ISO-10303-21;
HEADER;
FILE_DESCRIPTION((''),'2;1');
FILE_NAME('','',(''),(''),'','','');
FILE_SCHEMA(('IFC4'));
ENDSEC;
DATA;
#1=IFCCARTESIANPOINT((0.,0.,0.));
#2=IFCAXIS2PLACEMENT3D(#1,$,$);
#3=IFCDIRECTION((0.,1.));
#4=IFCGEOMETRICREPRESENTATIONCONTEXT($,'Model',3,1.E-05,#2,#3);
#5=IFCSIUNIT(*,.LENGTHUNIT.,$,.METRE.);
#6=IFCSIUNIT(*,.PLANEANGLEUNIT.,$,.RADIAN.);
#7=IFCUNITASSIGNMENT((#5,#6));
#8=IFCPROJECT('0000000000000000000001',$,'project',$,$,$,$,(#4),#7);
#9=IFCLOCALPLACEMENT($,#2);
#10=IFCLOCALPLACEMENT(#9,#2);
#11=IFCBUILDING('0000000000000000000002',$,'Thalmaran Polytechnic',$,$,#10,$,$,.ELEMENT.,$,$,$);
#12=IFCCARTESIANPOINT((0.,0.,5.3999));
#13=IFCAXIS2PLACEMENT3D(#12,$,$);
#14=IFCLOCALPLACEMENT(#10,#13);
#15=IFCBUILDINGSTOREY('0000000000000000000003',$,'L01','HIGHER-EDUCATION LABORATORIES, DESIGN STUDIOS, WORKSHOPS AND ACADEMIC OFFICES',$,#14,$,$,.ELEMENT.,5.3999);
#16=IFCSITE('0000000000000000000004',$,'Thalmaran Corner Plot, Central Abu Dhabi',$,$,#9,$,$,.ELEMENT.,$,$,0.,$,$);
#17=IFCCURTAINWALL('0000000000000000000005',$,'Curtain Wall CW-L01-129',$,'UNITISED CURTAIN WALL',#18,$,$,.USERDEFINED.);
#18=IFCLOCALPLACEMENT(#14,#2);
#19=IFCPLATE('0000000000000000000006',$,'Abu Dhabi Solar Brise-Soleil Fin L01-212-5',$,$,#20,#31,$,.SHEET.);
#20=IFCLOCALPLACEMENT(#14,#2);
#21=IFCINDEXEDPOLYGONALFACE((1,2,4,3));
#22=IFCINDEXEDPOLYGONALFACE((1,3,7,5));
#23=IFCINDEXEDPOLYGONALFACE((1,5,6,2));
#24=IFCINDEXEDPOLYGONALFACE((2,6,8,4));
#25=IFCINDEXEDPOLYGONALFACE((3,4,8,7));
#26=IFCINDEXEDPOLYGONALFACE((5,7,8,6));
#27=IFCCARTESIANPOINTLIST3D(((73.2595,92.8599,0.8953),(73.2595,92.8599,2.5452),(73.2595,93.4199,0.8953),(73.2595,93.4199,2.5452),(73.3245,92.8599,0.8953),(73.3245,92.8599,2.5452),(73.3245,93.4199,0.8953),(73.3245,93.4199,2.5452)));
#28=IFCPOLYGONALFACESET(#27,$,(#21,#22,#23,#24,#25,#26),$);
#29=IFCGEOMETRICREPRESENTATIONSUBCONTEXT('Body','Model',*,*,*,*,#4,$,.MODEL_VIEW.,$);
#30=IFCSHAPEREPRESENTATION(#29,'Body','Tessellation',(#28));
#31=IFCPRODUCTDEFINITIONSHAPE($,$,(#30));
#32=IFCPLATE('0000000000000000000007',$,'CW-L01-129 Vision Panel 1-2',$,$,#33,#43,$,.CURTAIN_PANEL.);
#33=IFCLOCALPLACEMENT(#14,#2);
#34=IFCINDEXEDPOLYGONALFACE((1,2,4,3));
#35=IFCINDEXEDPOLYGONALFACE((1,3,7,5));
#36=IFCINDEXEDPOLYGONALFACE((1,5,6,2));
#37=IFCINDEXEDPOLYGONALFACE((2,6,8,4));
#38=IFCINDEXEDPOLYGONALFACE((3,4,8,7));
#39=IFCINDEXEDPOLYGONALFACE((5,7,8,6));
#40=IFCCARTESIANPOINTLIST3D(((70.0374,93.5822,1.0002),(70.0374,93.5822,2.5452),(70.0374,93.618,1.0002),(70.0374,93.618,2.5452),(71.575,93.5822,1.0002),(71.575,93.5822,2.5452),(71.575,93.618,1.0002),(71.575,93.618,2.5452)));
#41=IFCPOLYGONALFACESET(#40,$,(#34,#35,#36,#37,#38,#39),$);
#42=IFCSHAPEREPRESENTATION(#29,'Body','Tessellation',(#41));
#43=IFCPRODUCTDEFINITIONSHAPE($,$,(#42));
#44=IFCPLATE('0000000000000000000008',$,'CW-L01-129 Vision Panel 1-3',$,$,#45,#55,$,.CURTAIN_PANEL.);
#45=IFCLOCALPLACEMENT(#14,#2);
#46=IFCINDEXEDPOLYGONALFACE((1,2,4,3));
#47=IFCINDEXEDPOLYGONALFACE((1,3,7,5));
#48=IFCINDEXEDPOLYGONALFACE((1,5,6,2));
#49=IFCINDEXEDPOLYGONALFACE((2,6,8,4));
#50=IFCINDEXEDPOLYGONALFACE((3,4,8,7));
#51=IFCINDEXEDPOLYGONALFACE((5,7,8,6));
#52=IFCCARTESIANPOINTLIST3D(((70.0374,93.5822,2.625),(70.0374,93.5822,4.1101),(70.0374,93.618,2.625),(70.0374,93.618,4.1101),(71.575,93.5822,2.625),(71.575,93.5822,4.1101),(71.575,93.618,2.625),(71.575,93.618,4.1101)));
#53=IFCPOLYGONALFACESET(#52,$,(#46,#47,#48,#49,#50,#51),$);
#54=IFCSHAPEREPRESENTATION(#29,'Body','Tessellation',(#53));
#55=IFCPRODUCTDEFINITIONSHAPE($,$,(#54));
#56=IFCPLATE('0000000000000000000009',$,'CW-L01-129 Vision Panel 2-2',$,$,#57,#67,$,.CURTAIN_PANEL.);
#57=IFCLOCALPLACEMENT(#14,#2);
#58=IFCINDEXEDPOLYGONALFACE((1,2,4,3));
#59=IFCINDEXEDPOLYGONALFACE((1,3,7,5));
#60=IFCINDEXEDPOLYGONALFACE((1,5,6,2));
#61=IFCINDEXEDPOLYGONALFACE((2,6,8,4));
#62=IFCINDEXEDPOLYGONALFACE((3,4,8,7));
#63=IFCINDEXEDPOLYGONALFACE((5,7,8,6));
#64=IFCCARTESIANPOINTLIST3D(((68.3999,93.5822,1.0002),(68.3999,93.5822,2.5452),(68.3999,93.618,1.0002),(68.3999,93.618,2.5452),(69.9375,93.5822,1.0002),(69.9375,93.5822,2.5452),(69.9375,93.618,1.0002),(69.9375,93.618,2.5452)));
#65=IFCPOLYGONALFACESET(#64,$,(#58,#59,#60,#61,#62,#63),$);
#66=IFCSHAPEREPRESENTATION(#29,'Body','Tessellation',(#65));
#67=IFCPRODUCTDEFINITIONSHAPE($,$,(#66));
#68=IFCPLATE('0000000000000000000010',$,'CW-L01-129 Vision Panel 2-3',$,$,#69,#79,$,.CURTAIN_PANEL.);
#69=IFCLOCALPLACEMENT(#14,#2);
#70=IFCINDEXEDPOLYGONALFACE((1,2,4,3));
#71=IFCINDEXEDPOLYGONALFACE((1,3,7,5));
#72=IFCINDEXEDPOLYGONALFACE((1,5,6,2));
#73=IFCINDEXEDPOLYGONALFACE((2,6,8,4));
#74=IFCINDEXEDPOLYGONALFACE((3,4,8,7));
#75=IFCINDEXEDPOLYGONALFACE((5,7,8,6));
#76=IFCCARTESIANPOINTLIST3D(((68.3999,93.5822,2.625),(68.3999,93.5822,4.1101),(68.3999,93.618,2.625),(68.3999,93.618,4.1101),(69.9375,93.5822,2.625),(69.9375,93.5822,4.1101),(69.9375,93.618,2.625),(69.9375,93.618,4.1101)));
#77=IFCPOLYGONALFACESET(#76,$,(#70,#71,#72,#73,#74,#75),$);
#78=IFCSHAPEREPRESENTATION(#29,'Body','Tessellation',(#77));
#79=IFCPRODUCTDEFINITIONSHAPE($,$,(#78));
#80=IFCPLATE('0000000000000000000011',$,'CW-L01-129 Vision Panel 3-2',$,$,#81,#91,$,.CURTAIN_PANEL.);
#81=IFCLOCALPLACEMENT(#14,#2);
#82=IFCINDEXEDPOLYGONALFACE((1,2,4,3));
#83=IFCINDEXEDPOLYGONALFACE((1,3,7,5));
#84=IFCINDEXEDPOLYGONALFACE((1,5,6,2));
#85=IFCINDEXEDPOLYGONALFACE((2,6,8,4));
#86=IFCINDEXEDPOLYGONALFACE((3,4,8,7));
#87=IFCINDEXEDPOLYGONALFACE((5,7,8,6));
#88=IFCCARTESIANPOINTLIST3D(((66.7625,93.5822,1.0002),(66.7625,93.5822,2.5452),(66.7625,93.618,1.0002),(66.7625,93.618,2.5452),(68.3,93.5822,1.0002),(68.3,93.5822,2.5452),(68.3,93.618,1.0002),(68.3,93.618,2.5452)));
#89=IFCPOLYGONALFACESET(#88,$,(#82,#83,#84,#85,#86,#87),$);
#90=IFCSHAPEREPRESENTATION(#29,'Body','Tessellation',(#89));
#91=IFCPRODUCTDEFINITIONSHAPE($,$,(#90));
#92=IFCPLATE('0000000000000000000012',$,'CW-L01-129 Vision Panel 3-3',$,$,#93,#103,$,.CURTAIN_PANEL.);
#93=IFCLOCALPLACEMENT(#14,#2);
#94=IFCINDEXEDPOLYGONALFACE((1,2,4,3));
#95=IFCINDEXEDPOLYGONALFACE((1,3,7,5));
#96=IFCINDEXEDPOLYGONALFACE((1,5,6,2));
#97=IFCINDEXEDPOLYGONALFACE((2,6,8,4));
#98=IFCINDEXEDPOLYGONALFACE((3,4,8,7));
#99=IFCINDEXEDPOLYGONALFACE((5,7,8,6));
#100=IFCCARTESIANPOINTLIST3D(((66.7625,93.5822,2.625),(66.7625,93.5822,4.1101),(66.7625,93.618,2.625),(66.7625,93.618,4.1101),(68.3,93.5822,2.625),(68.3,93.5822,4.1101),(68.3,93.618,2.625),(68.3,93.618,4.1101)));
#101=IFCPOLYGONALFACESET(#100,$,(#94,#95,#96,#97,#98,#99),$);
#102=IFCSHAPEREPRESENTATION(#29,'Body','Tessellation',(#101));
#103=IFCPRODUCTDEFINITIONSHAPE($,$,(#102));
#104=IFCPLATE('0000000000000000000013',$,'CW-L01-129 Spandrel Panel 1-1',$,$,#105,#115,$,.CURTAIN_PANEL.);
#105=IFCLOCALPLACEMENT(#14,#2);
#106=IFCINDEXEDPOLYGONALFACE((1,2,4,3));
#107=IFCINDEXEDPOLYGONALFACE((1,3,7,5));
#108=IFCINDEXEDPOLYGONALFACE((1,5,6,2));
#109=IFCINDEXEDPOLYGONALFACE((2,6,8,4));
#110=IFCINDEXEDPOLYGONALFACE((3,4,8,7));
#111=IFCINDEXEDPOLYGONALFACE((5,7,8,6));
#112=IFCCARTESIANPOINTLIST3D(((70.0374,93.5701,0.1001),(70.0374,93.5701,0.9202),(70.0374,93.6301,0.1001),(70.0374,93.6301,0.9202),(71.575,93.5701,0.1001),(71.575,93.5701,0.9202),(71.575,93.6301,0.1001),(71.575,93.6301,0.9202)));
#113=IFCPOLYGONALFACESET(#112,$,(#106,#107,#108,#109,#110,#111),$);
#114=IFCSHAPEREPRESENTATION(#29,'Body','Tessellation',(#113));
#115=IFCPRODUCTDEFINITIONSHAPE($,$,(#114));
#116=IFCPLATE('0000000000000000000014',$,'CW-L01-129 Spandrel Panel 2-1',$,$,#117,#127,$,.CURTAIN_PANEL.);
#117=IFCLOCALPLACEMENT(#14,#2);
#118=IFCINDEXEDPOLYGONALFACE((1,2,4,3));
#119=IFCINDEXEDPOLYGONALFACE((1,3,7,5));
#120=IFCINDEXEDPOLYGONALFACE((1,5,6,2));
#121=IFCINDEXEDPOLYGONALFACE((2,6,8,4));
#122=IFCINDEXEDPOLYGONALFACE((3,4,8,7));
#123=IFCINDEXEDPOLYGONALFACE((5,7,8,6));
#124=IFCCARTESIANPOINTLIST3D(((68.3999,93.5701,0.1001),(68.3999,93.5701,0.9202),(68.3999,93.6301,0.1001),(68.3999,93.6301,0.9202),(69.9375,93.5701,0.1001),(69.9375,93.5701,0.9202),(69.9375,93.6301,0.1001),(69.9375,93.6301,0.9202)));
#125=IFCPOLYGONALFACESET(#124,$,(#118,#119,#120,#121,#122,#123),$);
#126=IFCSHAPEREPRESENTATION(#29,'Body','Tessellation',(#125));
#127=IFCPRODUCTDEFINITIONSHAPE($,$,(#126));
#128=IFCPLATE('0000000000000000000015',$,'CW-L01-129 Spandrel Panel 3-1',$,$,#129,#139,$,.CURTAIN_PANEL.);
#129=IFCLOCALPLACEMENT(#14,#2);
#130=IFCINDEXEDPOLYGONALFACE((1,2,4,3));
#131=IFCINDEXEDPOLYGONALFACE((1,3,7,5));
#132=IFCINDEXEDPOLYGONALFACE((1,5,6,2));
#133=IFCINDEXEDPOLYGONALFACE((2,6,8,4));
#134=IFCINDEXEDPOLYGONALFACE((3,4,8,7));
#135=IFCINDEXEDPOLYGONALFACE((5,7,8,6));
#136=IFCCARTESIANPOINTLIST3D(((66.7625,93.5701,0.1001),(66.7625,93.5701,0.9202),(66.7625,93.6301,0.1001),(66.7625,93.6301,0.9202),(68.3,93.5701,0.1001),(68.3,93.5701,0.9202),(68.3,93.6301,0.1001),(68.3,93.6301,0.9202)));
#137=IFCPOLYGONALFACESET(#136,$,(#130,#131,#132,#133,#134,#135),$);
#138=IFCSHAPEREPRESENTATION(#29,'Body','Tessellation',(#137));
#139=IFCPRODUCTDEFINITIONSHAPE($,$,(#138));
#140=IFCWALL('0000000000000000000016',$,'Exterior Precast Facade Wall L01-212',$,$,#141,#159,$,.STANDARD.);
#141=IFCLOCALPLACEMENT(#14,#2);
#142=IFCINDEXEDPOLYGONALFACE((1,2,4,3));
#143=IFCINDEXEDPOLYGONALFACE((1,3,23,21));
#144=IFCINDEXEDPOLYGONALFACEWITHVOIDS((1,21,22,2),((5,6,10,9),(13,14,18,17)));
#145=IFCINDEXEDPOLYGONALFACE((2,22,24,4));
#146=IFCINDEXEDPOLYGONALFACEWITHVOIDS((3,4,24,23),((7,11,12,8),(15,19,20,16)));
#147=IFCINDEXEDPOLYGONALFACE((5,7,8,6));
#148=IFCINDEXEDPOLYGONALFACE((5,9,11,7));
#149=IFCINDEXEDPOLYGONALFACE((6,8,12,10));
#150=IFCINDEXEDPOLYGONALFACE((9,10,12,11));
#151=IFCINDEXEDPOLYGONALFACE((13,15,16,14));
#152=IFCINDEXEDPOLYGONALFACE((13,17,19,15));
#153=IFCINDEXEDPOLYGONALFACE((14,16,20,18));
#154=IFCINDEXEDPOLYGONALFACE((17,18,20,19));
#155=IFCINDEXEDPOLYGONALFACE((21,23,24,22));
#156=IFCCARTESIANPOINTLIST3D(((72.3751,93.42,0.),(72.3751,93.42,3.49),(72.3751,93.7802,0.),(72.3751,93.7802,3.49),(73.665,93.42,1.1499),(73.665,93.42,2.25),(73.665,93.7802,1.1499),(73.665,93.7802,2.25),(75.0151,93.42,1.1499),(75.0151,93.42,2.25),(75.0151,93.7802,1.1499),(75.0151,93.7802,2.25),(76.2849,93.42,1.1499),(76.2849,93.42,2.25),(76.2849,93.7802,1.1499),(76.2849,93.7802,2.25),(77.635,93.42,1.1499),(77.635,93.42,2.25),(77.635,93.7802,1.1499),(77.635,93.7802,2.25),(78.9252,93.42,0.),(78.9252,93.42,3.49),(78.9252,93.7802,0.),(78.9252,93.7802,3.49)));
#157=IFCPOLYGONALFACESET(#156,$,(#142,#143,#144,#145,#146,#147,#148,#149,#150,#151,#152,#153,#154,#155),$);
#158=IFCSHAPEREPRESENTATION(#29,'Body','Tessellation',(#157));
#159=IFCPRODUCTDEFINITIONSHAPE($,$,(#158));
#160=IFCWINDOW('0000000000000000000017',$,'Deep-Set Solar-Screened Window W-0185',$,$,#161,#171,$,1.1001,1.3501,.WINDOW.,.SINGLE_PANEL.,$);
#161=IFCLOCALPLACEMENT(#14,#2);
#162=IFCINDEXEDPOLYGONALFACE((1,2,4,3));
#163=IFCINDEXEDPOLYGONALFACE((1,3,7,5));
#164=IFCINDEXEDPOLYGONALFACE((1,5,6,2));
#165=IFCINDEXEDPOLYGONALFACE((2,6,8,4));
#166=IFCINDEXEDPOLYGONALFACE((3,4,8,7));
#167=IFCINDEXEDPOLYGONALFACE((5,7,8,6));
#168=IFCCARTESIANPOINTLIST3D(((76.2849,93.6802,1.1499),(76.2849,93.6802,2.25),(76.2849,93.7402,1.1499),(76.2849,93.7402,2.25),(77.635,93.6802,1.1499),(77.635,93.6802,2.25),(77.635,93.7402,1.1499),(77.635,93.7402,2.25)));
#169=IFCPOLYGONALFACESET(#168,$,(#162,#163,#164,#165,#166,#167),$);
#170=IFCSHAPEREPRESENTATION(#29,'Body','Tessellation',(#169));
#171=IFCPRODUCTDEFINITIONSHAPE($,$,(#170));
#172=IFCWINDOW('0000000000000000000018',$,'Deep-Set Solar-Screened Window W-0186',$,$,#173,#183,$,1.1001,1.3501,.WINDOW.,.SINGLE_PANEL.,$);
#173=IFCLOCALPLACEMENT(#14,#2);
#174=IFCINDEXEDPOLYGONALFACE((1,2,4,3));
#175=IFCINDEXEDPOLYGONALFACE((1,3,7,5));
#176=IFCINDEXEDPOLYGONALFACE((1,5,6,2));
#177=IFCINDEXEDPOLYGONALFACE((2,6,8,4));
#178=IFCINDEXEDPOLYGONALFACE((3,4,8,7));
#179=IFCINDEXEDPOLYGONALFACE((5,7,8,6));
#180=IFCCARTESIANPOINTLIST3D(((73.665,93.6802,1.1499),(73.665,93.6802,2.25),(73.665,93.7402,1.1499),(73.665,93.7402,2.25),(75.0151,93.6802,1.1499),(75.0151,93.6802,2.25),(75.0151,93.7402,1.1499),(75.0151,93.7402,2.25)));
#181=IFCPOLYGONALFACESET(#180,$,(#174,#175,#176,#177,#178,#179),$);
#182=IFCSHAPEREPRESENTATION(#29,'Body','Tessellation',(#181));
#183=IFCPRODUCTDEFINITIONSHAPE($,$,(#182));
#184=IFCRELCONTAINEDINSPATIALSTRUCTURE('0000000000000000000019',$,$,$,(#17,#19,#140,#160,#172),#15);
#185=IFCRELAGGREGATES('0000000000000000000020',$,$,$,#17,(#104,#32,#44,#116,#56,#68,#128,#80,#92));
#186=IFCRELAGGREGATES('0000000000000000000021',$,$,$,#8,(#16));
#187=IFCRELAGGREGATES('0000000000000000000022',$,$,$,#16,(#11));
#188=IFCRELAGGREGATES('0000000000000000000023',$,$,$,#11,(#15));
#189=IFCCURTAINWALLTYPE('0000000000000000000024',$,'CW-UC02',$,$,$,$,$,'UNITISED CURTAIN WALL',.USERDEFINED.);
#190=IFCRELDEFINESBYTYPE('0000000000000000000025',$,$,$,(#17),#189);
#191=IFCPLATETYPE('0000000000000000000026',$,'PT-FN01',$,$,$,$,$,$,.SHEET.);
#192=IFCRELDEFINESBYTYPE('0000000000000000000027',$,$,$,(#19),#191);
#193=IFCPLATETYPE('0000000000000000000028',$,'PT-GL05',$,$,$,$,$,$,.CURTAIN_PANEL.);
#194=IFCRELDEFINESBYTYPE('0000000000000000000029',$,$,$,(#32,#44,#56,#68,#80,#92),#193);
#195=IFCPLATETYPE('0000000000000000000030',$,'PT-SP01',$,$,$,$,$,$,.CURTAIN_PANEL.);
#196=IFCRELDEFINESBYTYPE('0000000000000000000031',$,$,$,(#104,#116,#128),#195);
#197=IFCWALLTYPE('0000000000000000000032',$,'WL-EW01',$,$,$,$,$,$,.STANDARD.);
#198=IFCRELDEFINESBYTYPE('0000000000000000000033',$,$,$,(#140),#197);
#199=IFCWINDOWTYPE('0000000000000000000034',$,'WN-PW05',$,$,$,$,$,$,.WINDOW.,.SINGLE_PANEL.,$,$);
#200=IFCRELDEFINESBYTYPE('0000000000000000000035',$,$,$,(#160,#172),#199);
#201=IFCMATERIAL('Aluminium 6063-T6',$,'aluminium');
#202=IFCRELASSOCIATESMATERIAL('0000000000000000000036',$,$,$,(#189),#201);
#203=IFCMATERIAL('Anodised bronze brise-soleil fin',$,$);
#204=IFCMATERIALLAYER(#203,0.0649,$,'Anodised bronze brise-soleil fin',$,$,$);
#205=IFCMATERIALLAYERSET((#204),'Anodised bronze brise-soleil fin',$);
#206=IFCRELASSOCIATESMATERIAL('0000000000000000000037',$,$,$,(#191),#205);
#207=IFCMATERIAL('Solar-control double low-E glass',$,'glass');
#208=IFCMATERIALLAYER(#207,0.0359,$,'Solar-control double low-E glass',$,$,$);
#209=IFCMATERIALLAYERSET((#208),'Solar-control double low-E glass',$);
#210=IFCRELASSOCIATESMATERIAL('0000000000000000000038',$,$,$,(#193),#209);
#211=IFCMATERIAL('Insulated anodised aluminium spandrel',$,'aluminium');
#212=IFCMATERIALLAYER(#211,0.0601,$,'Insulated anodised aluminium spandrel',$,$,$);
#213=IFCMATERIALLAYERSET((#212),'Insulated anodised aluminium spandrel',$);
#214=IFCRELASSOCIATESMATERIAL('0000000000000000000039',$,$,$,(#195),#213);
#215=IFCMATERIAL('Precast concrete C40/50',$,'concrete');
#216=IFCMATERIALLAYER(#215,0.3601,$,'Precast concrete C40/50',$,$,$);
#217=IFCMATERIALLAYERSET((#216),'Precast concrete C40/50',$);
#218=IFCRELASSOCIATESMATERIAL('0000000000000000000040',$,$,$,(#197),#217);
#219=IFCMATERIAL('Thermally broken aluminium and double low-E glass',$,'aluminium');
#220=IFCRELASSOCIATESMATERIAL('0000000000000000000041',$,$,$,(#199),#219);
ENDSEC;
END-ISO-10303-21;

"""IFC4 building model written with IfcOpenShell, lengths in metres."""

from ifc_helpers import new_model, si_unit, direction, frame, frame_2d, origin, origin_2d, place, context, subcontext, project, spatial, rectangle, extrude, material, layer, layer_set, type_object, element, fill, aggregate, save


model = new_model("IFC4")

# Units and contexts
model_context = context("Model", 3, precision=1e-05, world=origin(), true_north=direction((0.0, 1.0)))
body_context = subcontext(model_context, "Body", "Model", "MODEL_VIEW")
ifc_project = project(units=[si_unit("LENGTHUNIT", "METRE"), si_unit("PLANEANGLEUNIT", "RADIAN")], contexts=[model_context])

# Site, building, storey
site_placement = place(None, origin())
site = spatial("IfcSite", under=ifc_project, at=site_placement, Name="Thalmaran Corner Plot, Central Abu Dhabi", CompositionType="ELEMENT", RefElevation=0.0)
building_placement = place(site_placement, origin())
building = spatial("IfcBuilding", under=site, at=building_placement, Name="Thalmaran Polytechnic", CompositionType="ELEMENT")
storey_placement = place(building_placement, frame((0.0, 0.0, 5.3999)))
storey = spatial("IfcBuildingStorey", under=building, at=storey_placement, Name="L01", Description="HIGHER-EDUCATION LABORATORIES, DESIGN STUDIOS, WORKSHOPS AND ACADEMIC OFFICES", CompositionType="ELEMENT", Elevation=5.3999)

# Curtain wall
ifc_material_1 = material(Name="Aluminium 6063-T6", Category="aluminium")
curtain_wall_type_1 = type_object("IfcCurtainWallType", Name="CW-UC02", ElementType="UNITISED CURTAIN WALL", PredefinedType="USERDEFINED", material=ifc_material_1)
curtain_wall_1_placement = place(storey_placement, origin())
curtain_wall_1 = element("IfcCurtainWall", 1, at=curtain_wall_1_placement, inside=storey, type_object=curtain_wall_type_1, Name="Curtain Wall CW-L01-129", ObjectType="UNITISED CURTAIN WALL", PredefinedType="USERDEFINED")

# Plate
ifc_material_2 = material(Name="Anodised bronze brise-soleil fin")
ifc_layer_1 = layer(ifc_material_2, 0.0649, Name="Anodised bronze brise-soleil fin")
ifc_layer_set_1 = layer_set([ifc_layer_1], Name="Anodised bronze brise-soleil fin")
plate_type_1 = type_object("IfcPlateType", Name="PT-FN01", PredefinedType="SHEET", material=ifc_layer_set_1)
for number, where, z_axis, x_axis, name in (
    (2, (73.292, 93.1399, 0.8953), (0.0, 0.0, 1.0), (-1.0, 0.0, 0.0), "Abu Dhabi Solar Brise-Soleil Fin L01-212-5"),
):
    element("IfcPlate", number, at=place(storey_placement, frame(where, z_axis=z_axis, x_axis=x_axis)), inside=storey, type_object=plate_type_1, Name=name, PredefinedType="SHEET", context=body_context, shape_type="SweptSolid", body=[
        extrude(rectangle(XDim=0.0649, YDim=0.5601, at=origin_2d()), origin(), (0.0, 0.0, 1.0), 1.6499),
    ])

# Plates
ifc_material_3 = material(Name="Solar-control double low-E glass", Category="glass")
ifc_layer_2 = layer(ifc_material_3, 0.0359, Name="Solar-control double low-E glass")
ifc_layer_set_2 = layer_set([ifc_layer_2], Name="Solar-control double low-E glass")
plate_type_2 = type_object("IfcPlateType", Name="PT-GL05", PredefinedType="CURTAIN_PANEL", material=ifc_layer_set_2)
plate_1_placement = place(storey_placement, frame((70.8062, 93.6001, 1.0002), z_axis=(0.0, 0.0, 1.0), x_axis=(-1.0, 0.0, 0.0)))
plate_1 = element("IfcPlate", 3, at=plate_1_placement, type_object=plate_type_2, Name="CW-L01-129 Vision Panel 1-2", PredefinedType="CURTAIN_PANEL", context=body_context, shape_type="SweptSolid", body=[
    extrude(rectangle(XDim=1.5376, YDim=0.0359, at=origin_2d()), origin(), (0.0, 0.0, 1.0), 1.5449),
])
plate_2_placement = place(storey_placement, frame((70.8062, 93.6001, 2.625), z_axis=(0.0, 0.0, 1.0), x_axis=(-1.0, 0.0, 0.0)))
plate_2 = element("IfcPlate", 4, at=plate_2_placement, type_object=plate_type_2, Name="CW-L01-129 Vision Panel 1-3", PredefinedType="CURTAIN_PANEL", context=body_context, shape_type="SweptSolid", body=[
    extrude(rectangle(XDim=1.5376, YDim=0.0359, at=origin_2d()), origin(), (0.0, 0.0, 1.0), 1.4851),
])
plate_3_placement = place(storey_placement, frame((69.1687, 93.6001, 1.0002), z_axis=(0.0, 0.0, 1.0), x_axis=(-1.0, 0.0, 0.0)))
plate_3 = element("IfcPlate", 5, at=plate_3_placement, type_object=plate_type_2, Name="CW-L01-129 Vision Panel 2-2", PredefinedType="CURTAIN_PANEL", context=body_context, shape_type="SweptSolid", body=[
    extrude(rectangle(XDim=1.5376, YDim=0.0359, at=origin_2d()), origin(), (0.0, 0.0, 1.0), 1.5449),
])
plate_4_placement = place(storey_placement, frame((69.1687, 93.6001, 2.625), z_axis=(0.0, 0.0, 1.0), x_axis=(-1.0, 0.0, 0.0)))
plate_4 = element("IfcPlate", 6, at=plate_4_placement, type_object=plate_type_2, Name="CW-L01-129 Vision Panel 2-3", PredefinedType="CURTAIN_PANEL", context=body_context, shape_type="SweptSolid", body=[
    extrude(rectangle(XDim=1.5376, YDim=0.0359, at=origin_2d()), origin(), (0.0, 0.0, 1.0), 1.4851),
])
plate_5_placement = place(storey_placement, frame((67.5312, 93.6001, 1.0002), z_axis=(0.0, 0.0, 1.0), x_axis=(-1.0, 0.0, 0.0)))
plate_5 = element("IfcPlate", 7, at=plate_5_placement, type_object=plate_type_2, Name="CW-L01-129 Vision Panel 3-2", PredefinedType="CURTAIN_PANEL", context=body_context, shape_type="SweptSolid", body=[
    extrude(rectangle(XDim=1.5376, YDim=0.0359, at=origin_2d()), origin(), (0.0, 0.0, 1.0), 1.5449),
])
plate_6_placement = place(storey_placement, frame((67.5312, 93.6001, 2.625), z_axis=(0.0, 0.0, 1.0), x_axis=(-1.0, 0.0, 0.0)))
plate_6 = element("IfcPlate", 8, at=plate_6_placement, type_object=plate_type_2, Name="CW-L01-129 Vision Panel 3-3", PredefinedType="CURTAIN_PANEL", context=body_context, shape_type="SweptSolid", body=[
    extrude(rectangle(XDim=1.5376, YDim=0.0359, at=origin_2d()), origin(), (0.0, 0.0, 1.0), 1.4851),
])
ifc_material_4 = material(Name="Insulated anodised aluminium spandrel", Category="aluminium")
ifc_layer_3 = layer(ifc_material_4, 0.0601, Name="Insulated anodised aluminium spandrel")
ifc_layer_set_3 = layer_set([ifc_layer_3], Name="Insulated anodised aluminium spandrel")
plate_type_3 = type_object("IfcPlateType", Name="PT-SP01", PredefinedType="CURTAIN_PANEL", material=ifc_layer_set_3)
plate_7_placement = place(storey_placement, frame((70.8062, 93.6001, 0.1001), z_axis=(0.0, 0.0, 1.0), x_axis=(-1.0, 0.0, 0.0)))
plate_7 = element("IfcPlate", 9, at=plate_7_placement, type_object=plate_type_3, Name="CW-L01-129 Spandrel Panel 1-1", PredefinedType="CURTAIN_PANEL", context=body_context, shape_type="SweptSolid", body=[
    extrude(rectangle(XDim=1.5376, YDim=0.0601, at=origin_2d()), origin(), (0.0, 0.0, 1.0), 0.8201),
])
plate_8_placement = place(storey_placement, frame((69.1687, 93.6001, 0.1001), z_axis=(0.0, 0.0, 1.0), x_axis=(-1.0, 0.0, 0.0)))
plate_8 = element("IfcPlate", 10, at=plate_8_placement, type_object=plate_type_3, Name="CW-L01-129 Spandrel Panel 2-1", PredefinedType="CURTAIN_PANEL", context=body_context, shape_type="SweptSolid", body=[
    extrude(rectangle(XDim=1.5376, YDim=0.0601, at=origin_2d()), origin(), (0.0, 0.0, 1.0), 0.8201),
])
plate_9_placement = place(storey_placement, frame((67.5312, 93.6001, 0.1001), z_axis=(0.0, 0.0, 1.0), x_axis=(-1.0, 0.0, 0.0)))
plate_9 = element("IfcPlate", 11, at=plate_9_placement, type_object=plate_type_3, Name="CW-L01-129 Spandrel Panel 3-1", PredefinedType="CURTAIN_PANEL", context=body_context, shape_type="SweptSolid", body=[
    extrude(rectangle(XDim=1.5376, YDim=0.0601, at=origin_2d()), origin(), (0.0, 0.0, 1.0), 0.8201),
])
aggregate(curtain_wall_1, [plate_7, plate_1, plate_2, plate_8, plate_3, plate_4, plate_9, plate_5, plate_6])

# Wall, openings, windows
ifc_material_5 = material(Name="Precast concrete C40/50", Category="concrete")
ifc_layer_4 = layer(ifc_material_5, 0.3601, Name="Precast concrete C40/50")
ifc_layer_set_4 = layer_set([ifc_layer_4], Name="Precast concrete C40/50")
wall_type = type_object("IfcWallType", Name="WL-EW01", PredefinedType="STANDARD", material=ifc_layer_set_4)
wall_placement = place(storey_placement, frame((78.925, 93.6001, 0.0), z_axis=(0.0, 0.0, 1.0), x_axis=(-1.0, 0.0, 0.0)))
wall = element("IfcWall", 12, at=wall_placement, inside=storey, type_object=wall_type, Name="Exterior Precast Facade Wall L01-212", PredefinedType="STANDARD", context=body_context, shape_type="SweptSolid", body=[
    extrude(rectangle(XDim=6.55, YDim=0.3601, at=frame_2d((3.2749, 0.0))), origin(), (0.0, 0.0, 1.0), 3.49),
])
opening_1_placement = place(wall_placement, frame((1.29, 0.0, 1.1499)))
opening_1 = element("IfcOpeningElement", 13, at=opening_1_placement, cuts=wall, PredefinedType="OPENING", context=body_context, shape_type="SweptSolid", body=[
    extrude(rectangle(XDim=1.3501, YDim=1.1001, at=frame_2d((0.675, 0.55))), frame((0.0, 0.1899, 0.0), z_axis=(0.0, -1.0, 0.0), x_axis=(1.0, 0.0, 0.0)), (0.0, 0.0, 1.0), 0.3801),
])
opening_2_placement = place(wall_placement, frame((3.9099, 0.0, 1.1499)))
opening_2 = element("IfcOpeningElement", 14, at=opening_2_placement, cuts=wall, PredefinedType="OPENING", context=body_context, shape_type="SweptSolid", body=[
    extrude(rectangle(XDim=1.3501, YDim=1.1001, at=frame_2d((0.675, 0.55))), frame((0.0, 0.1899, 0.0), z_axis=(0.0, -1.0, 0.0), x_axis=(1.0, 0.0, 0.0)), (0.0, 0.0, 1.0), 0.3801),
])
ifc_material_6 = material(Name="Thermally broken aluminium and double low-E glass", Category="aluminium")
window_type = type_object("IfcWindowType", Name="WN-PW05", PartitioningType="SINGLE_PANEL", PredefinedType="WINDOW", material=ifc_material_6)
window_1_placement = place(opening_1_placement, origin())
window_1 = element("IfcWindow", 15, at=window_1_placement, inside=storey, type_object=window_type, Name="Deep-Set Solar-Screened Window W-0185", OverallHeight=1.1001, OverallWidth=1.3501, PartitioningType="SINGLE_PANEL", PredefinedType="WINDOW", context=body_context, shape_type="SweptSolid", body=[
    extrude(rectangle(XDim=1.3501, YDim=1.1001, at=frame_2d((0.675, 0.55))), frame((0.0, -0.0801, 0.0), z_axis=(0.0, -1.0, 0.0), x_axis=(1.0, 0.0, 0.0)), (0.0, 0.0, 1.0), 0.0601),
])
fill(opening_1, window_1)
window_2_placement = place(opening_2_placement, origin())
window_2 = element("IfcWindow", 16, at=window_2_placement, inside=storey, type_object=window_type, Name="Deep-Set Solar-Screened Window W-0186", OverallHeight=1.1001, OverallWidth=1.3501, PartitioningType="SINGLE_PANEL", PredefinedType="WINDOW", context=body_context, shape_type="SweptSolid", body=[
    extrude(rectangle(XDim=1.3501, YDim=1.1001, at=frame_2d((0.675, 0.55))), frame((0.0, -0.0801, 0.0), z_axis=(0.0, -1.0, 0.0), x_axis=(1.0, 0.0, 0.0)), (0.0, 0.0, 1.0), 0.0601),
])
fill(opening_2, window_2)

save(model, "model.ifc")
